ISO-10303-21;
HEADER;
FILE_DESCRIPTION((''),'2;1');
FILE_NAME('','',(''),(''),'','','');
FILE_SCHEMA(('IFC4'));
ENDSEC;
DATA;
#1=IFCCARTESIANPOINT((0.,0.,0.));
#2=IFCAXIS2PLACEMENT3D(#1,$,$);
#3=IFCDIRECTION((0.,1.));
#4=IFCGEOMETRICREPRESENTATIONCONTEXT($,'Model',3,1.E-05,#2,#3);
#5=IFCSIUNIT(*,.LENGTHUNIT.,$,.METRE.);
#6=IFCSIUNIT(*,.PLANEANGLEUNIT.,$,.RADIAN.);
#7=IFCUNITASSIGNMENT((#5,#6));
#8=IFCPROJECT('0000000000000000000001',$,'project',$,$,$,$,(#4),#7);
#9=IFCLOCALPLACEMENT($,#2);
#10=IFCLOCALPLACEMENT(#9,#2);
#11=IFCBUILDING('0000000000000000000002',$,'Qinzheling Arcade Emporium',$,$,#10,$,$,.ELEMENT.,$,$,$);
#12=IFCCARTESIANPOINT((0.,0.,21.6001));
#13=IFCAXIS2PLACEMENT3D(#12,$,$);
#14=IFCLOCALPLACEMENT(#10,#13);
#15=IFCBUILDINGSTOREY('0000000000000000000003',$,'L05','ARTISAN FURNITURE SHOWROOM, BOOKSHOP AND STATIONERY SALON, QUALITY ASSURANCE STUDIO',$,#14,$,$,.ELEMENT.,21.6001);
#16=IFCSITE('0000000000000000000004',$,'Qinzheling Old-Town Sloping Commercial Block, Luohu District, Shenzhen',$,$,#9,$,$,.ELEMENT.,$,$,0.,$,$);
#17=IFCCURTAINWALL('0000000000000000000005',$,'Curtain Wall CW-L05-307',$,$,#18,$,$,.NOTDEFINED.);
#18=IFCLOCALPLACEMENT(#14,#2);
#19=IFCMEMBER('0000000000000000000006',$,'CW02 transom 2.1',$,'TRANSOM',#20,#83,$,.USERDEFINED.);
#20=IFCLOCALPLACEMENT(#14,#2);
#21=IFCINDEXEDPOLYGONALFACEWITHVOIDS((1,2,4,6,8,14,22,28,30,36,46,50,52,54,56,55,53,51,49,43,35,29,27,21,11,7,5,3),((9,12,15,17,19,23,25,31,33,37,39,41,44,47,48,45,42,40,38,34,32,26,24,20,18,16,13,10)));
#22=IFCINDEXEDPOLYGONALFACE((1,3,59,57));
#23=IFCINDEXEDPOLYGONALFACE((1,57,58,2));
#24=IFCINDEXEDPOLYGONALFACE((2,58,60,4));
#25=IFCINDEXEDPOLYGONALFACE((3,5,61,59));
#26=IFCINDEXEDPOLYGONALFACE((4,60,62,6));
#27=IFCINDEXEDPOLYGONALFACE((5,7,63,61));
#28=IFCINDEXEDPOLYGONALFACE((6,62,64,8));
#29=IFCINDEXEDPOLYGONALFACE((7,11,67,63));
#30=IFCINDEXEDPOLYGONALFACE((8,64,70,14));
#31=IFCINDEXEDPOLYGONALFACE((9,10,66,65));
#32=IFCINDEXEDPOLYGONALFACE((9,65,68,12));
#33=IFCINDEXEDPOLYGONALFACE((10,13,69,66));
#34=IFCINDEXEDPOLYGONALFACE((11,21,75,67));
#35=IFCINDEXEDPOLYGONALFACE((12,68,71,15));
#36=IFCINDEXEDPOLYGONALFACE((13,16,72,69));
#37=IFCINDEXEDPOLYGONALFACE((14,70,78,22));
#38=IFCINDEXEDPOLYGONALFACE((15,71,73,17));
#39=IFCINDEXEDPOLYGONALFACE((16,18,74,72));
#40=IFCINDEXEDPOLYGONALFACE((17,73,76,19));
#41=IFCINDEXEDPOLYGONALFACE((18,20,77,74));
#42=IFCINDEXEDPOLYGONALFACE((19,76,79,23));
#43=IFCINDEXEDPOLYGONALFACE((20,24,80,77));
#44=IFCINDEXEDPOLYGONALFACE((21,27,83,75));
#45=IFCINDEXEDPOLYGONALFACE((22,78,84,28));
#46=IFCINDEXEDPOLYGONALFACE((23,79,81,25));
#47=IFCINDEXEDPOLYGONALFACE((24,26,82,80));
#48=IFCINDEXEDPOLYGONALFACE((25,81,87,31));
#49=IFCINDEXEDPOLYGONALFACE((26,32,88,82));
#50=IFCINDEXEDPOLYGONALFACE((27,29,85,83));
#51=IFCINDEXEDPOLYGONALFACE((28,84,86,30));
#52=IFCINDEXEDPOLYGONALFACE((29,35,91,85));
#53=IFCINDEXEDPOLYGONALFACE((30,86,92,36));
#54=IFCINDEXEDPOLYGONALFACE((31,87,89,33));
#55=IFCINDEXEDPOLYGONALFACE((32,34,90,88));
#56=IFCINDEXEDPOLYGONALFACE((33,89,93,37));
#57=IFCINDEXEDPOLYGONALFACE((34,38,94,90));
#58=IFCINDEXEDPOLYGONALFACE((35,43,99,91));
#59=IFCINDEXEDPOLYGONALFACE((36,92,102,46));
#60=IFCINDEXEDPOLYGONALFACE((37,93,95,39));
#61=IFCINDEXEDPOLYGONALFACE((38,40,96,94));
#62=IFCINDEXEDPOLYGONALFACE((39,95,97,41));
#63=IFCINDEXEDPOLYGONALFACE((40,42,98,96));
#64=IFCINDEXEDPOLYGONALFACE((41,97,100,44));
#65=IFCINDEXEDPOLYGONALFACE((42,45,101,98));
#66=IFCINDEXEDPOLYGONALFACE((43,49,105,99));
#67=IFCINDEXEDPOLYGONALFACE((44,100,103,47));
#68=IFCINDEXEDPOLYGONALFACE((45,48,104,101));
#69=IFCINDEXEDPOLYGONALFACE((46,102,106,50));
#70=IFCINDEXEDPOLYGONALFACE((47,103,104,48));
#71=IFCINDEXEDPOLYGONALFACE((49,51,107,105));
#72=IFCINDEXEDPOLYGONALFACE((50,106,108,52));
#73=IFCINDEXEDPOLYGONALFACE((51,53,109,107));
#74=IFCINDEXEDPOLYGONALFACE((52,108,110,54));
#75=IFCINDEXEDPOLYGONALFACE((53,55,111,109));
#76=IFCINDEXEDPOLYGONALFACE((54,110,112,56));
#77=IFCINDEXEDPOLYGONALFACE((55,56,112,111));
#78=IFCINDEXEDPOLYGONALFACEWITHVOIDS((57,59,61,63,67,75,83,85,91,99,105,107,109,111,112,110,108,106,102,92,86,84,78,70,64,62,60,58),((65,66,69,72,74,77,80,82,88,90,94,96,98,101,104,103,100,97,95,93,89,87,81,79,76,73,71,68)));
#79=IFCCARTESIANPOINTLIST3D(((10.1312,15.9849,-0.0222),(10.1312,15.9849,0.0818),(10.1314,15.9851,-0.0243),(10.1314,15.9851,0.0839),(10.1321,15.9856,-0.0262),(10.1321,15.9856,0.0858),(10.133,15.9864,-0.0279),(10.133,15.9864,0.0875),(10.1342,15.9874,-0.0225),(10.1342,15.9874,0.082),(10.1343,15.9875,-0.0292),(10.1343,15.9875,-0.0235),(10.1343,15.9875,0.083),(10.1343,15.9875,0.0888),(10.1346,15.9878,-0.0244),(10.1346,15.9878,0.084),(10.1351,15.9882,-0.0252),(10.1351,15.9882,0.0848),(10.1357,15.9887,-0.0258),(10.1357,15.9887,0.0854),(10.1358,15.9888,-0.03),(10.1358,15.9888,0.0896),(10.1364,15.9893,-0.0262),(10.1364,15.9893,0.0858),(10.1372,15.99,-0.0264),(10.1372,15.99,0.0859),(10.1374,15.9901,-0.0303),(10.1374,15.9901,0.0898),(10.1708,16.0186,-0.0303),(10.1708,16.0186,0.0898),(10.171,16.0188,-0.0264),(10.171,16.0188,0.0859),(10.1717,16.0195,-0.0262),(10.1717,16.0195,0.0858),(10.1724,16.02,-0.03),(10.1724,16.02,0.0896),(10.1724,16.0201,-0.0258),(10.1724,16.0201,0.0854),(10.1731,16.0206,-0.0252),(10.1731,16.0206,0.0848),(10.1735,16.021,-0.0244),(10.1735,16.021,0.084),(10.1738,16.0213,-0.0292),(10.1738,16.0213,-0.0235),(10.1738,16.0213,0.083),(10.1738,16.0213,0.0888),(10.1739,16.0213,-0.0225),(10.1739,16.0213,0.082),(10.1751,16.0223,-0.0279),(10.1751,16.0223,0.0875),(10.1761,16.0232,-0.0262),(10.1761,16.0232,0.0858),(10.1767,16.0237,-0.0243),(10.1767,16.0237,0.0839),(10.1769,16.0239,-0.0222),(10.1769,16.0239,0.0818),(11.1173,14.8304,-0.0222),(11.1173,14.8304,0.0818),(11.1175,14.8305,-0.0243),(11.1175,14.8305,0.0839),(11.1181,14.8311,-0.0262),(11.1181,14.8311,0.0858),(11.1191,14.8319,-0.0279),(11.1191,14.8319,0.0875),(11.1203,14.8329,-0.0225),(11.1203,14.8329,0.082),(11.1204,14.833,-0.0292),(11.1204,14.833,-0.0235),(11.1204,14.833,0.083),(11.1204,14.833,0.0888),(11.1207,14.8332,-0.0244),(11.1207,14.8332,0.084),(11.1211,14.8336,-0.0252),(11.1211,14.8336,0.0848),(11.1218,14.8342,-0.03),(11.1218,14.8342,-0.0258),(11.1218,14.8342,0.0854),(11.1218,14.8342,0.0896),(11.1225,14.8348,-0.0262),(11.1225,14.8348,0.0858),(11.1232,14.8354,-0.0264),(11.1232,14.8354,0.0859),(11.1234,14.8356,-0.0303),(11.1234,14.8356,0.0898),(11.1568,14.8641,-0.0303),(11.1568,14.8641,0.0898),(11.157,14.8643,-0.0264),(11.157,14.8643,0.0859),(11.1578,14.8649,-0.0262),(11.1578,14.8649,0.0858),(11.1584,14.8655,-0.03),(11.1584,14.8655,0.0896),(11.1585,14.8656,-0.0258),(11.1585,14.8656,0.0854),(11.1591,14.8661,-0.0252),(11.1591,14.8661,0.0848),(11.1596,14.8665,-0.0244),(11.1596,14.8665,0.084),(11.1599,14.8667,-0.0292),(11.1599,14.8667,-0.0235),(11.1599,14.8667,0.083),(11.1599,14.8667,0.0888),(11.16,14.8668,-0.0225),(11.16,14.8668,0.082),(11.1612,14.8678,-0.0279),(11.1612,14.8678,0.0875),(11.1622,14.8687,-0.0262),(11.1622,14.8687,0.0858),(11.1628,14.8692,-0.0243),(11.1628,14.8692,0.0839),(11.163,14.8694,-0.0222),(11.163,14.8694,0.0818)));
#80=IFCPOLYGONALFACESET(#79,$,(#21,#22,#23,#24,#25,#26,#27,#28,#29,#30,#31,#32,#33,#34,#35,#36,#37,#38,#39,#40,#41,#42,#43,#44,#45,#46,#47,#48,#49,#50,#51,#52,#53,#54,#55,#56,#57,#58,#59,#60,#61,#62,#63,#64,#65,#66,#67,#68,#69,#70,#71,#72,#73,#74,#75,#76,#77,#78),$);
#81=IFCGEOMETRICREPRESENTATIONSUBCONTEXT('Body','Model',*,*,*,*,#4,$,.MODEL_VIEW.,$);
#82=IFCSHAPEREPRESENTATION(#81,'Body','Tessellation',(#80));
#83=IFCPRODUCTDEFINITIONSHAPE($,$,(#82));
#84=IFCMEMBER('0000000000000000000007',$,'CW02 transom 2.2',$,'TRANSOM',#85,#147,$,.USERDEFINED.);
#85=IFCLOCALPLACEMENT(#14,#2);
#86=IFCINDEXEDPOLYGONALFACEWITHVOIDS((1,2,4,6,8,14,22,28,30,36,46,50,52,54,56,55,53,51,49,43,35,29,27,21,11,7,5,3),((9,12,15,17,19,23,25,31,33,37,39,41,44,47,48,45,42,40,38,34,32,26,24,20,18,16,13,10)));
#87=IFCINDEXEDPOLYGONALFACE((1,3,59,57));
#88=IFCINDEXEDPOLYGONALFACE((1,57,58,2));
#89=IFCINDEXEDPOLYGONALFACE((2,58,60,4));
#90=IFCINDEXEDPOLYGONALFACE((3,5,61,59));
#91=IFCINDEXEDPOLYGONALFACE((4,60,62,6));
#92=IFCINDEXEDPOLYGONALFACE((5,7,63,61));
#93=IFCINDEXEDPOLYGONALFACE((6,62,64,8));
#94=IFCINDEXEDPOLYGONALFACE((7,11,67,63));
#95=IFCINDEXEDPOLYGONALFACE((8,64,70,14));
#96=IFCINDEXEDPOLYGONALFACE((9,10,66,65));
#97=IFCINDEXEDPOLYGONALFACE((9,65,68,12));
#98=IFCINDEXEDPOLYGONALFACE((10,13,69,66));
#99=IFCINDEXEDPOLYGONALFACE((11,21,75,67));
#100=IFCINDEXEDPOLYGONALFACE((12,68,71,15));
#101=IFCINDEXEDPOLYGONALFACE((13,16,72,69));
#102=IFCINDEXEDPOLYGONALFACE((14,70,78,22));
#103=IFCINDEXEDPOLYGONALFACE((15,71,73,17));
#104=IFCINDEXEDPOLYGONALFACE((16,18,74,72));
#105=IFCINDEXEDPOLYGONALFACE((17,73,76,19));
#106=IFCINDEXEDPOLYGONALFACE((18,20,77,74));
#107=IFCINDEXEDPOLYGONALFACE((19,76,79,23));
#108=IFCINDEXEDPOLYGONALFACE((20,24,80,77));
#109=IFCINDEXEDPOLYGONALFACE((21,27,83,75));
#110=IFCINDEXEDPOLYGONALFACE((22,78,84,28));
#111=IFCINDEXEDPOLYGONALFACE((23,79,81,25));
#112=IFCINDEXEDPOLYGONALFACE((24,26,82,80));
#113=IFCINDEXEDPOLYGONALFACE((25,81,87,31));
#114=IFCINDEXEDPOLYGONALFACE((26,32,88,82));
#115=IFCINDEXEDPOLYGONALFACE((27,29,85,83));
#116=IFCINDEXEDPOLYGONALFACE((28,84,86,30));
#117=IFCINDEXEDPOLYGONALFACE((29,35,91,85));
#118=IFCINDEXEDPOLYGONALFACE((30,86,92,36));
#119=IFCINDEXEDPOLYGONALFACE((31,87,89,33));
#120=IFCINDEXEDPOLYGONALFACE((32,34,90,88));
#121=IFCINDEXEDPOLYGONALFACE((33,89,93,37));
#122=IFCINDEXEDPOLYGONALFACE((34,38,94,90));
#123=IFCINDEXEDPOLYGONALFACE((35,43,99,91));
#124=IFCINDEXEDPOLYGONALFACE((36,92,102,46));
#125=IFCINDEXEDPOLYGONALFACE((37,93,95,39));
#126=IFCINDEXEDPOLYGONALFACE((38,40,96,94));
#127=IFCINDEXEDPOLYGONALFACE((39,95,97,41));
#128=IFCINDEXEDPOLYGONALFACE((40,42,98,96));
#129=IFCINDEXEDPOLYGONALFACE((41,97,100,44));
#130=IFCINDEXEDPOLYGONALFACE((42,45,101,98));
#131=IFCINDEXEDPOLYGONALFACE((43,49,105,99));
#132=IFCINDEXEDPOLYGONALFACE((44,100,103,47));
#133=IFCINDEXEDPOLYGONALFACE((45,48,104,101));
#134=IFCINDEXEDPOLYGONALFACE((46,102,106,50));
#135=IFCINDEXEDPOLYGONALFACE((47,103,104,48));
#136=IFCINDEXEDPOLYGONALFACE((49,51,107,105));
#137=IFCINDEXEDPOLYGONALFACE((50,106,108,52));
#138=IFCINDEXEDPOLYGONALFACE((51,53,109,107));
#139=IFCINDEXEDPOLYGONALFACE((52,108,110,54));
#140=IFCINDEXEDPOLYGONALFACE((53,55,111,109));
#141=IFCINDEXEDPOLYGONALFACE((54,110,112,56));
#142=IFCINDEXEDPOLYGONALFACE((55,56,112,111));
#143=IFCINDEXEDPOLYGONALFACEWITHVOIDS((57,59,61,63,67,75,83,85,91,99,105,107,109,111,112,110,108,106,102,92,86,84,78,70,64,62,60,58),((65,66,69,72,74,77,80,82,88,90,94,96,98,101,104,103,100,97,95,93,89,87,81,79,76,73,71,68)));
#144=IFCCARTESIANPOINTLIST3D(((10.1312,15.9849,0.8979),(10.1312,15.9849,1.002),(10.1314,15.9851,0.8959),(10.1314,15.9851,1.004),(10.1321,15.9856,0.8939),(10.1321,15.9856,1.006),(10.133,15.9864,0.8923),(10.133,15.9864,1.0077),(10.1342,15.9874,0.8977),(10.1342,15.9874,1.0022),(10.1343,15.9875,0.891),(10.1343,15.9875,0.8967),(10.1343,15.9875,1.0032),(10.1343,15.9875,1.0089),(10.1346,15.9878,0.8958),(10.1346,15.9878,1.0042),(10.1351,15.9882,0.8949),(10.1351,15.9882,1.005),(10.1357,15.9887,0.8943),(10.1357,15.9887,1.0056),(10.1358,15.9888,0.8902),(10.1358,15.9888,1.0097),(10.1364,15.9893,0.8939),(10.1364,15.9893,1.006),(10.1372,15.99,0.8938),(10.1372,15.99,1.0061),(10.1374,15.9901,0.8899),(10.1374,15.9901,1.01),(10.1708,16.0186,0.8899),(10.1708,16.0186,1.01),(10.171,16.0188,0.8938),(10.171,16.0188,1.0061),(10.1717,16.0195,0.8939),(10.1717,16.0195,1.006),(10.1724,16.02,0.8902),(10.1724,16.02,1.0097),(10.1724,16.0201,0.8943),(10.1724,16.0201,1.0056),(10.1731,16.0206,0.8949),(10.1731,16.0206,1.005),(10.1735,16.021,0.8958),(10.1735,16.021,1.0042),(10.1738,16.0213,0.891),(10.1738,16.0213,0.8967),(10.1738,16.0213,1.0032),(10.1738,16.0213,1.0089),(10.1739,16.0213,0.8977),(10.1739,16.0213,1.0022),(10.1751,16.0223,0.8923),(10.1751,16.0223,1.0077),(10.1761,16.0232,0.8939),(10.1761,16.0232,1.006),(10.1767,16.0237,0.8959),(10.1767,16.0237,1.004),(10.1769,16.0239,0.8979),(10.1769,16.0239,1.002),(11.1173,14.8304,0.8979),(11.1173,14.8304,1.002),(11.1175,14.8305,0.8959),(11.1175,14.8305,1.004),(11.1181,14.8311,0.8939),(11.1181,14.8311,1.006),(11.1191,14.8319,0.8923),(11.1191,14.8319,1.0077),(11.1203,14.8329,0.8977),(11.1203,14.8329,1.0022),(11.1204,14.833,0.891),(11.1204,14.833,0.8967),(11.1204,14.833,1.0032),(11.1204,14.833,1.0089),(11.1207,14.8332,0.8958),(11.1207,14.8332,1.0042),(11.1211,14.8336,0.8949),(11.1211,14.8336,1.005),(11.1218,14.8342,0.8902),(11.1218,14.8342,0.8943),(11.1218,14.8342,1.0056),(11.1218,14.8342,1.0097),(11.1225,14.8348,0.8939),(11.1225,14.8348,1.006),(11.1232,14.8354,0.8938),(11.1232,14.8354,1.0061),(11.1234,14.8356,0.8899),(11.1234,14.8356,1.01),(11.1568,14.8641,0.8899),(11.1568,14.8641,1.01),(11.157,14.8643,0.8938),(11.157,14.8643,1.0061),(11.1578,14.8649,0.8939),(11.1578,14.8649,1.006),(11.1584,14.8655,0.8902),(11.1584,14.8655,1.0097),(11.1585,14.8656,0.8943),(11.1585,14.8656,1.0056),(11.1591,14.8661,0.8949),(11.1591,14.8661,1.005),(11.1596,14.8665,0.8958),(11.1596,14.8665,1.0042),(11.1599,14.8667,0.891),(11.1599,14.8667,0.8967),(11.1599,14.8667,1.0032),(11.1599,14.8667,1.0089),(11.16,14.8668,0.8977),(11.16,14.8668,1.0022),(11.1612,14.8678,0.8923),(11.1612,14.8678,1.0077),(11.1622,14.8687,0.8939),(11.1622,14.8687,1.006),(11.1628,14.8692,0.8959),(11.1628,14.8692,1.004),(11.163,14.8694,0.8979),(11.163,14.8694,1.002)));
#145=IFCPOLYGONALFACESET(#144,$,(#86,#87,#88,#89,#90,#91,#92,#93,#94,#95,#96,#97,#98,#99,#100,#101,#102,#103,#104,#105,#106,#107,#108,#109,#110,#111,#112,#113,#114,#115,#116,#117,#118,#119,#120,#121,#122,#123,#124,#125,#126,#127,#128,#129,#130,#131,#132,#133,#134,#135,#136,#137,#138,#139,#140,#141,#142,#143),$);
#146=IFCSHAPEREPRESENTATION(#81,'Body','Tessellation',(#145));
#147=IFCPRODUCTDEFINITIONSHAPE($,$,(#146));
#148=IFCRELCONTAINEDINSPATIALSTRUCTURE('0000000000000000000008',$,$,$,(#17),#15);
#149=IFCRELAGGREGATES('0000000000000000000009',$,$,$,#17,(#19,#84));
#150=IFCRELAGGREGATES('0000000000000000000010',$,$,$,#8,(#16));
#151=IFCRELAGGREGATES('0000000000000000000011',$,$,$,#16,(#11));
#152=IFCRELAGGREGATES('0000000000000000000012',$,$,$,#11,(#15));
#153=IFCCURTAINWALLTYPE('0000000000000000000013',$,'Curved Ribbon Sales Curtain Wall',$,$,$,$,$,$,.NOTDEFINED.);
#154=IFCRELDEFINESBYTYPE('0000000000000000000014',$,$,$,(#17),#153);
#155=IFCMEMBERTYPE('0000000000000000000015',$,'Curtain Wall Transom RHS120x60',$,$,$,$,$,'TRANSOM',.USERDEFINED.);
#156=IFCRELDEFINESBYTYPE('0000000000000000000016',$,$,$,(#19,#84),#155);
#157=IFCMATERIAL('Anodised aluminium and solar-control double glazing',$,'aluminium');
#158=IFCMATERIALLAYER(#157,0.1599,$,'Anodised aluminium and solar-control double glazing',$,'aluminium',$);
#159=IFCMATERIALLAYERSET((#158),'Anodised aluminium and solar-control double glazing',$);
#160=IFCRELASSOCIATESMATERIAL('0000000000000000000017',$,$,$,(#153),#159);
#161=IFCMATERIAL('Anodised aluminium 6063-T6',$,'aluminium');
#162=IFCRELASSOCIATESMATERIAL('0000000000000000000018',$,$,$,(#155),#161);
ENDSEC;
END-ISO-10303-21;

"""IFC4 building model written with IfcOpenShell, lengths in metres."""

from ifc_helpers import new_model, si_unit, direction, frame, origin, origin_2d, place, context, subcontext, project, spatial, hollow_rectangle, extrude, material, layer, layer_set, material_profile, profile_set, type_object, element, aggregate, save


model = new_model("IFC4")

# Units and contexts
model_context = context("Model", 3, precision=1e-05, world=origin(), true_north=direction((0.0, 1.0)))
body_context = subcontext(model_context, "Body", "Model", "MODEL_VIEW")
ifc_project = project(units=[si_unit("LENGTHUNIT", "METRE"), si_unit("PLANEANGLEUNIT", "RADIAN")], contexts=[model_context])

# Site, building, storey
site_placement = place(None, origin())
site = spatial("IfcSite", under=ifc_project, at=site_placement, Name="Qinzheling Old-Town Sloping Commercial Block, Luohu District, Shenzhen", CompositionType="ELEMENT", RefElevation=0.0)
building_placement = place(site_placement, origin())
building = spatial("IfcBuilding", under=site, at=building_placement, Name="Qinzheling Arcade Emporium", CompositionType="ELEMENT")
storey_placement = place(building_placement, frame((0.0, 0.0, 21.6001)))
storey = spatial("IfcBuildingStorey", under=building, at=storey_placement, Name="L05", Description="ARTISAN FURNITURE SHOWROOM, BOOKSHOP AND STATIONERY SALON, QUALITY ASSURANCE STUDIO", CompositionType="ELEMENT", Elevation=21.6001)

# Curtain wall
ifc_material_1 = material(Name="Anodised aluminium and solar-control double glazing", Category="aluminium")
ifc_layer_1 = layer(ifc_material_1, 0.1599, Name="Anodised aluminium and solar-control double glazing", Category="aluminium")
ifc_layer_set_1 = layer_set([ifc_layer_1], Name="Anodised aluminium and solar-control double glazing")
curtain_wall_type = type_object("IfcCurtainWallType", Name="Curved Ribbon Sales Curtain Wall", PredefinedType="NOTDEFINED", material=ifc_layer_set_1)
curtain_wall_1_placement = place(storey_placement, origin())
curtain_wall_1 = element("IfcCurtainWall", 1, at=curtain_wall_1_placement, inside=storey, type_object=curtain_wall_type, Name="Curtain Wall CW-L05-307", PredefinedType="NOTDEFINED")
ifc_material_2 = material(Name="Anodised aluminium 6063-T6", Category="aluminium")

# Members
ifc_material_profile_1 = material_profile(ifc_material_2, hollow_rectangle(XDim=0.0601, YDim=0.1201, WallThickness=0.0039, InnerFilletRadius=0.0039, OuterFilletRadius=0.0081, at=origin_2d()), Name="RHS 120x60x4", Category="aluminium")
ifc_profile_set_1 = profile_set([ifc_material_profile_1], Name="Anodised aluminium 6063-T6")
member_type_1 = type_object("IfcMemberType", Name="Curtain Wall Transom RHS120x60", ElementType="TRANSOM", PredefinedType="USERDEFINED", material=ifc_profile_set_1)
member_1_placement = place(storey_placement, frame((11.1401, 14.8499, 0.0298), z_axis=(-0.649453, 0.760402, 0.0), x_axis=(-0.760402, -0.649453, 0.0)))
member_1 = element("IfcMember", 2, at=member_1_placement, type_object=member_type_1, Name="CW02 transom 2.1", ObjectType="TRANSOM", PredefinedType="USERDEFINED", context=body_context, shape_type="SweptSolid", body=[
    extrude(hollow_rectangle(XDim=0.0601, YDim=0.1201, WallThickness=0.0039, InnerFilletRadius=0.0039, OuterFilletRadius=0.0081, at=origin_2d()), origin(), (0.0, 0.0, 1.0), 1.5183),
])
member_2_placement = place(storey_placement, frame((11.1401, 14.8499, 0.95), z_axis=(-0.649453, 0.760402, 0.0), x_axis=(-0.760402, -0.649453, 0.0)))
member_2 = element("IfcMember", 3, at=member_2_placement, type_object=member_type_1, Name="CW02 transom 2.2", ObjectType="TRANSOM", PredefinedType="USERDEFINED", context=body_context, shape_type="SweptSolid", body=[
    extrude(hollow_rectangle(XDim=0.0601, YDim=0.1201, WallThickness=0.0039, InnerFilletRadius=0.0039, OuterFilletRadius=0.0081, at=origin_2d()), origin(), (0.0, 0.0, 1.0), 1.5183),
])

aggregate(curtain_wall_1, [member_1, member_2])

save(model, "model.ifc")
